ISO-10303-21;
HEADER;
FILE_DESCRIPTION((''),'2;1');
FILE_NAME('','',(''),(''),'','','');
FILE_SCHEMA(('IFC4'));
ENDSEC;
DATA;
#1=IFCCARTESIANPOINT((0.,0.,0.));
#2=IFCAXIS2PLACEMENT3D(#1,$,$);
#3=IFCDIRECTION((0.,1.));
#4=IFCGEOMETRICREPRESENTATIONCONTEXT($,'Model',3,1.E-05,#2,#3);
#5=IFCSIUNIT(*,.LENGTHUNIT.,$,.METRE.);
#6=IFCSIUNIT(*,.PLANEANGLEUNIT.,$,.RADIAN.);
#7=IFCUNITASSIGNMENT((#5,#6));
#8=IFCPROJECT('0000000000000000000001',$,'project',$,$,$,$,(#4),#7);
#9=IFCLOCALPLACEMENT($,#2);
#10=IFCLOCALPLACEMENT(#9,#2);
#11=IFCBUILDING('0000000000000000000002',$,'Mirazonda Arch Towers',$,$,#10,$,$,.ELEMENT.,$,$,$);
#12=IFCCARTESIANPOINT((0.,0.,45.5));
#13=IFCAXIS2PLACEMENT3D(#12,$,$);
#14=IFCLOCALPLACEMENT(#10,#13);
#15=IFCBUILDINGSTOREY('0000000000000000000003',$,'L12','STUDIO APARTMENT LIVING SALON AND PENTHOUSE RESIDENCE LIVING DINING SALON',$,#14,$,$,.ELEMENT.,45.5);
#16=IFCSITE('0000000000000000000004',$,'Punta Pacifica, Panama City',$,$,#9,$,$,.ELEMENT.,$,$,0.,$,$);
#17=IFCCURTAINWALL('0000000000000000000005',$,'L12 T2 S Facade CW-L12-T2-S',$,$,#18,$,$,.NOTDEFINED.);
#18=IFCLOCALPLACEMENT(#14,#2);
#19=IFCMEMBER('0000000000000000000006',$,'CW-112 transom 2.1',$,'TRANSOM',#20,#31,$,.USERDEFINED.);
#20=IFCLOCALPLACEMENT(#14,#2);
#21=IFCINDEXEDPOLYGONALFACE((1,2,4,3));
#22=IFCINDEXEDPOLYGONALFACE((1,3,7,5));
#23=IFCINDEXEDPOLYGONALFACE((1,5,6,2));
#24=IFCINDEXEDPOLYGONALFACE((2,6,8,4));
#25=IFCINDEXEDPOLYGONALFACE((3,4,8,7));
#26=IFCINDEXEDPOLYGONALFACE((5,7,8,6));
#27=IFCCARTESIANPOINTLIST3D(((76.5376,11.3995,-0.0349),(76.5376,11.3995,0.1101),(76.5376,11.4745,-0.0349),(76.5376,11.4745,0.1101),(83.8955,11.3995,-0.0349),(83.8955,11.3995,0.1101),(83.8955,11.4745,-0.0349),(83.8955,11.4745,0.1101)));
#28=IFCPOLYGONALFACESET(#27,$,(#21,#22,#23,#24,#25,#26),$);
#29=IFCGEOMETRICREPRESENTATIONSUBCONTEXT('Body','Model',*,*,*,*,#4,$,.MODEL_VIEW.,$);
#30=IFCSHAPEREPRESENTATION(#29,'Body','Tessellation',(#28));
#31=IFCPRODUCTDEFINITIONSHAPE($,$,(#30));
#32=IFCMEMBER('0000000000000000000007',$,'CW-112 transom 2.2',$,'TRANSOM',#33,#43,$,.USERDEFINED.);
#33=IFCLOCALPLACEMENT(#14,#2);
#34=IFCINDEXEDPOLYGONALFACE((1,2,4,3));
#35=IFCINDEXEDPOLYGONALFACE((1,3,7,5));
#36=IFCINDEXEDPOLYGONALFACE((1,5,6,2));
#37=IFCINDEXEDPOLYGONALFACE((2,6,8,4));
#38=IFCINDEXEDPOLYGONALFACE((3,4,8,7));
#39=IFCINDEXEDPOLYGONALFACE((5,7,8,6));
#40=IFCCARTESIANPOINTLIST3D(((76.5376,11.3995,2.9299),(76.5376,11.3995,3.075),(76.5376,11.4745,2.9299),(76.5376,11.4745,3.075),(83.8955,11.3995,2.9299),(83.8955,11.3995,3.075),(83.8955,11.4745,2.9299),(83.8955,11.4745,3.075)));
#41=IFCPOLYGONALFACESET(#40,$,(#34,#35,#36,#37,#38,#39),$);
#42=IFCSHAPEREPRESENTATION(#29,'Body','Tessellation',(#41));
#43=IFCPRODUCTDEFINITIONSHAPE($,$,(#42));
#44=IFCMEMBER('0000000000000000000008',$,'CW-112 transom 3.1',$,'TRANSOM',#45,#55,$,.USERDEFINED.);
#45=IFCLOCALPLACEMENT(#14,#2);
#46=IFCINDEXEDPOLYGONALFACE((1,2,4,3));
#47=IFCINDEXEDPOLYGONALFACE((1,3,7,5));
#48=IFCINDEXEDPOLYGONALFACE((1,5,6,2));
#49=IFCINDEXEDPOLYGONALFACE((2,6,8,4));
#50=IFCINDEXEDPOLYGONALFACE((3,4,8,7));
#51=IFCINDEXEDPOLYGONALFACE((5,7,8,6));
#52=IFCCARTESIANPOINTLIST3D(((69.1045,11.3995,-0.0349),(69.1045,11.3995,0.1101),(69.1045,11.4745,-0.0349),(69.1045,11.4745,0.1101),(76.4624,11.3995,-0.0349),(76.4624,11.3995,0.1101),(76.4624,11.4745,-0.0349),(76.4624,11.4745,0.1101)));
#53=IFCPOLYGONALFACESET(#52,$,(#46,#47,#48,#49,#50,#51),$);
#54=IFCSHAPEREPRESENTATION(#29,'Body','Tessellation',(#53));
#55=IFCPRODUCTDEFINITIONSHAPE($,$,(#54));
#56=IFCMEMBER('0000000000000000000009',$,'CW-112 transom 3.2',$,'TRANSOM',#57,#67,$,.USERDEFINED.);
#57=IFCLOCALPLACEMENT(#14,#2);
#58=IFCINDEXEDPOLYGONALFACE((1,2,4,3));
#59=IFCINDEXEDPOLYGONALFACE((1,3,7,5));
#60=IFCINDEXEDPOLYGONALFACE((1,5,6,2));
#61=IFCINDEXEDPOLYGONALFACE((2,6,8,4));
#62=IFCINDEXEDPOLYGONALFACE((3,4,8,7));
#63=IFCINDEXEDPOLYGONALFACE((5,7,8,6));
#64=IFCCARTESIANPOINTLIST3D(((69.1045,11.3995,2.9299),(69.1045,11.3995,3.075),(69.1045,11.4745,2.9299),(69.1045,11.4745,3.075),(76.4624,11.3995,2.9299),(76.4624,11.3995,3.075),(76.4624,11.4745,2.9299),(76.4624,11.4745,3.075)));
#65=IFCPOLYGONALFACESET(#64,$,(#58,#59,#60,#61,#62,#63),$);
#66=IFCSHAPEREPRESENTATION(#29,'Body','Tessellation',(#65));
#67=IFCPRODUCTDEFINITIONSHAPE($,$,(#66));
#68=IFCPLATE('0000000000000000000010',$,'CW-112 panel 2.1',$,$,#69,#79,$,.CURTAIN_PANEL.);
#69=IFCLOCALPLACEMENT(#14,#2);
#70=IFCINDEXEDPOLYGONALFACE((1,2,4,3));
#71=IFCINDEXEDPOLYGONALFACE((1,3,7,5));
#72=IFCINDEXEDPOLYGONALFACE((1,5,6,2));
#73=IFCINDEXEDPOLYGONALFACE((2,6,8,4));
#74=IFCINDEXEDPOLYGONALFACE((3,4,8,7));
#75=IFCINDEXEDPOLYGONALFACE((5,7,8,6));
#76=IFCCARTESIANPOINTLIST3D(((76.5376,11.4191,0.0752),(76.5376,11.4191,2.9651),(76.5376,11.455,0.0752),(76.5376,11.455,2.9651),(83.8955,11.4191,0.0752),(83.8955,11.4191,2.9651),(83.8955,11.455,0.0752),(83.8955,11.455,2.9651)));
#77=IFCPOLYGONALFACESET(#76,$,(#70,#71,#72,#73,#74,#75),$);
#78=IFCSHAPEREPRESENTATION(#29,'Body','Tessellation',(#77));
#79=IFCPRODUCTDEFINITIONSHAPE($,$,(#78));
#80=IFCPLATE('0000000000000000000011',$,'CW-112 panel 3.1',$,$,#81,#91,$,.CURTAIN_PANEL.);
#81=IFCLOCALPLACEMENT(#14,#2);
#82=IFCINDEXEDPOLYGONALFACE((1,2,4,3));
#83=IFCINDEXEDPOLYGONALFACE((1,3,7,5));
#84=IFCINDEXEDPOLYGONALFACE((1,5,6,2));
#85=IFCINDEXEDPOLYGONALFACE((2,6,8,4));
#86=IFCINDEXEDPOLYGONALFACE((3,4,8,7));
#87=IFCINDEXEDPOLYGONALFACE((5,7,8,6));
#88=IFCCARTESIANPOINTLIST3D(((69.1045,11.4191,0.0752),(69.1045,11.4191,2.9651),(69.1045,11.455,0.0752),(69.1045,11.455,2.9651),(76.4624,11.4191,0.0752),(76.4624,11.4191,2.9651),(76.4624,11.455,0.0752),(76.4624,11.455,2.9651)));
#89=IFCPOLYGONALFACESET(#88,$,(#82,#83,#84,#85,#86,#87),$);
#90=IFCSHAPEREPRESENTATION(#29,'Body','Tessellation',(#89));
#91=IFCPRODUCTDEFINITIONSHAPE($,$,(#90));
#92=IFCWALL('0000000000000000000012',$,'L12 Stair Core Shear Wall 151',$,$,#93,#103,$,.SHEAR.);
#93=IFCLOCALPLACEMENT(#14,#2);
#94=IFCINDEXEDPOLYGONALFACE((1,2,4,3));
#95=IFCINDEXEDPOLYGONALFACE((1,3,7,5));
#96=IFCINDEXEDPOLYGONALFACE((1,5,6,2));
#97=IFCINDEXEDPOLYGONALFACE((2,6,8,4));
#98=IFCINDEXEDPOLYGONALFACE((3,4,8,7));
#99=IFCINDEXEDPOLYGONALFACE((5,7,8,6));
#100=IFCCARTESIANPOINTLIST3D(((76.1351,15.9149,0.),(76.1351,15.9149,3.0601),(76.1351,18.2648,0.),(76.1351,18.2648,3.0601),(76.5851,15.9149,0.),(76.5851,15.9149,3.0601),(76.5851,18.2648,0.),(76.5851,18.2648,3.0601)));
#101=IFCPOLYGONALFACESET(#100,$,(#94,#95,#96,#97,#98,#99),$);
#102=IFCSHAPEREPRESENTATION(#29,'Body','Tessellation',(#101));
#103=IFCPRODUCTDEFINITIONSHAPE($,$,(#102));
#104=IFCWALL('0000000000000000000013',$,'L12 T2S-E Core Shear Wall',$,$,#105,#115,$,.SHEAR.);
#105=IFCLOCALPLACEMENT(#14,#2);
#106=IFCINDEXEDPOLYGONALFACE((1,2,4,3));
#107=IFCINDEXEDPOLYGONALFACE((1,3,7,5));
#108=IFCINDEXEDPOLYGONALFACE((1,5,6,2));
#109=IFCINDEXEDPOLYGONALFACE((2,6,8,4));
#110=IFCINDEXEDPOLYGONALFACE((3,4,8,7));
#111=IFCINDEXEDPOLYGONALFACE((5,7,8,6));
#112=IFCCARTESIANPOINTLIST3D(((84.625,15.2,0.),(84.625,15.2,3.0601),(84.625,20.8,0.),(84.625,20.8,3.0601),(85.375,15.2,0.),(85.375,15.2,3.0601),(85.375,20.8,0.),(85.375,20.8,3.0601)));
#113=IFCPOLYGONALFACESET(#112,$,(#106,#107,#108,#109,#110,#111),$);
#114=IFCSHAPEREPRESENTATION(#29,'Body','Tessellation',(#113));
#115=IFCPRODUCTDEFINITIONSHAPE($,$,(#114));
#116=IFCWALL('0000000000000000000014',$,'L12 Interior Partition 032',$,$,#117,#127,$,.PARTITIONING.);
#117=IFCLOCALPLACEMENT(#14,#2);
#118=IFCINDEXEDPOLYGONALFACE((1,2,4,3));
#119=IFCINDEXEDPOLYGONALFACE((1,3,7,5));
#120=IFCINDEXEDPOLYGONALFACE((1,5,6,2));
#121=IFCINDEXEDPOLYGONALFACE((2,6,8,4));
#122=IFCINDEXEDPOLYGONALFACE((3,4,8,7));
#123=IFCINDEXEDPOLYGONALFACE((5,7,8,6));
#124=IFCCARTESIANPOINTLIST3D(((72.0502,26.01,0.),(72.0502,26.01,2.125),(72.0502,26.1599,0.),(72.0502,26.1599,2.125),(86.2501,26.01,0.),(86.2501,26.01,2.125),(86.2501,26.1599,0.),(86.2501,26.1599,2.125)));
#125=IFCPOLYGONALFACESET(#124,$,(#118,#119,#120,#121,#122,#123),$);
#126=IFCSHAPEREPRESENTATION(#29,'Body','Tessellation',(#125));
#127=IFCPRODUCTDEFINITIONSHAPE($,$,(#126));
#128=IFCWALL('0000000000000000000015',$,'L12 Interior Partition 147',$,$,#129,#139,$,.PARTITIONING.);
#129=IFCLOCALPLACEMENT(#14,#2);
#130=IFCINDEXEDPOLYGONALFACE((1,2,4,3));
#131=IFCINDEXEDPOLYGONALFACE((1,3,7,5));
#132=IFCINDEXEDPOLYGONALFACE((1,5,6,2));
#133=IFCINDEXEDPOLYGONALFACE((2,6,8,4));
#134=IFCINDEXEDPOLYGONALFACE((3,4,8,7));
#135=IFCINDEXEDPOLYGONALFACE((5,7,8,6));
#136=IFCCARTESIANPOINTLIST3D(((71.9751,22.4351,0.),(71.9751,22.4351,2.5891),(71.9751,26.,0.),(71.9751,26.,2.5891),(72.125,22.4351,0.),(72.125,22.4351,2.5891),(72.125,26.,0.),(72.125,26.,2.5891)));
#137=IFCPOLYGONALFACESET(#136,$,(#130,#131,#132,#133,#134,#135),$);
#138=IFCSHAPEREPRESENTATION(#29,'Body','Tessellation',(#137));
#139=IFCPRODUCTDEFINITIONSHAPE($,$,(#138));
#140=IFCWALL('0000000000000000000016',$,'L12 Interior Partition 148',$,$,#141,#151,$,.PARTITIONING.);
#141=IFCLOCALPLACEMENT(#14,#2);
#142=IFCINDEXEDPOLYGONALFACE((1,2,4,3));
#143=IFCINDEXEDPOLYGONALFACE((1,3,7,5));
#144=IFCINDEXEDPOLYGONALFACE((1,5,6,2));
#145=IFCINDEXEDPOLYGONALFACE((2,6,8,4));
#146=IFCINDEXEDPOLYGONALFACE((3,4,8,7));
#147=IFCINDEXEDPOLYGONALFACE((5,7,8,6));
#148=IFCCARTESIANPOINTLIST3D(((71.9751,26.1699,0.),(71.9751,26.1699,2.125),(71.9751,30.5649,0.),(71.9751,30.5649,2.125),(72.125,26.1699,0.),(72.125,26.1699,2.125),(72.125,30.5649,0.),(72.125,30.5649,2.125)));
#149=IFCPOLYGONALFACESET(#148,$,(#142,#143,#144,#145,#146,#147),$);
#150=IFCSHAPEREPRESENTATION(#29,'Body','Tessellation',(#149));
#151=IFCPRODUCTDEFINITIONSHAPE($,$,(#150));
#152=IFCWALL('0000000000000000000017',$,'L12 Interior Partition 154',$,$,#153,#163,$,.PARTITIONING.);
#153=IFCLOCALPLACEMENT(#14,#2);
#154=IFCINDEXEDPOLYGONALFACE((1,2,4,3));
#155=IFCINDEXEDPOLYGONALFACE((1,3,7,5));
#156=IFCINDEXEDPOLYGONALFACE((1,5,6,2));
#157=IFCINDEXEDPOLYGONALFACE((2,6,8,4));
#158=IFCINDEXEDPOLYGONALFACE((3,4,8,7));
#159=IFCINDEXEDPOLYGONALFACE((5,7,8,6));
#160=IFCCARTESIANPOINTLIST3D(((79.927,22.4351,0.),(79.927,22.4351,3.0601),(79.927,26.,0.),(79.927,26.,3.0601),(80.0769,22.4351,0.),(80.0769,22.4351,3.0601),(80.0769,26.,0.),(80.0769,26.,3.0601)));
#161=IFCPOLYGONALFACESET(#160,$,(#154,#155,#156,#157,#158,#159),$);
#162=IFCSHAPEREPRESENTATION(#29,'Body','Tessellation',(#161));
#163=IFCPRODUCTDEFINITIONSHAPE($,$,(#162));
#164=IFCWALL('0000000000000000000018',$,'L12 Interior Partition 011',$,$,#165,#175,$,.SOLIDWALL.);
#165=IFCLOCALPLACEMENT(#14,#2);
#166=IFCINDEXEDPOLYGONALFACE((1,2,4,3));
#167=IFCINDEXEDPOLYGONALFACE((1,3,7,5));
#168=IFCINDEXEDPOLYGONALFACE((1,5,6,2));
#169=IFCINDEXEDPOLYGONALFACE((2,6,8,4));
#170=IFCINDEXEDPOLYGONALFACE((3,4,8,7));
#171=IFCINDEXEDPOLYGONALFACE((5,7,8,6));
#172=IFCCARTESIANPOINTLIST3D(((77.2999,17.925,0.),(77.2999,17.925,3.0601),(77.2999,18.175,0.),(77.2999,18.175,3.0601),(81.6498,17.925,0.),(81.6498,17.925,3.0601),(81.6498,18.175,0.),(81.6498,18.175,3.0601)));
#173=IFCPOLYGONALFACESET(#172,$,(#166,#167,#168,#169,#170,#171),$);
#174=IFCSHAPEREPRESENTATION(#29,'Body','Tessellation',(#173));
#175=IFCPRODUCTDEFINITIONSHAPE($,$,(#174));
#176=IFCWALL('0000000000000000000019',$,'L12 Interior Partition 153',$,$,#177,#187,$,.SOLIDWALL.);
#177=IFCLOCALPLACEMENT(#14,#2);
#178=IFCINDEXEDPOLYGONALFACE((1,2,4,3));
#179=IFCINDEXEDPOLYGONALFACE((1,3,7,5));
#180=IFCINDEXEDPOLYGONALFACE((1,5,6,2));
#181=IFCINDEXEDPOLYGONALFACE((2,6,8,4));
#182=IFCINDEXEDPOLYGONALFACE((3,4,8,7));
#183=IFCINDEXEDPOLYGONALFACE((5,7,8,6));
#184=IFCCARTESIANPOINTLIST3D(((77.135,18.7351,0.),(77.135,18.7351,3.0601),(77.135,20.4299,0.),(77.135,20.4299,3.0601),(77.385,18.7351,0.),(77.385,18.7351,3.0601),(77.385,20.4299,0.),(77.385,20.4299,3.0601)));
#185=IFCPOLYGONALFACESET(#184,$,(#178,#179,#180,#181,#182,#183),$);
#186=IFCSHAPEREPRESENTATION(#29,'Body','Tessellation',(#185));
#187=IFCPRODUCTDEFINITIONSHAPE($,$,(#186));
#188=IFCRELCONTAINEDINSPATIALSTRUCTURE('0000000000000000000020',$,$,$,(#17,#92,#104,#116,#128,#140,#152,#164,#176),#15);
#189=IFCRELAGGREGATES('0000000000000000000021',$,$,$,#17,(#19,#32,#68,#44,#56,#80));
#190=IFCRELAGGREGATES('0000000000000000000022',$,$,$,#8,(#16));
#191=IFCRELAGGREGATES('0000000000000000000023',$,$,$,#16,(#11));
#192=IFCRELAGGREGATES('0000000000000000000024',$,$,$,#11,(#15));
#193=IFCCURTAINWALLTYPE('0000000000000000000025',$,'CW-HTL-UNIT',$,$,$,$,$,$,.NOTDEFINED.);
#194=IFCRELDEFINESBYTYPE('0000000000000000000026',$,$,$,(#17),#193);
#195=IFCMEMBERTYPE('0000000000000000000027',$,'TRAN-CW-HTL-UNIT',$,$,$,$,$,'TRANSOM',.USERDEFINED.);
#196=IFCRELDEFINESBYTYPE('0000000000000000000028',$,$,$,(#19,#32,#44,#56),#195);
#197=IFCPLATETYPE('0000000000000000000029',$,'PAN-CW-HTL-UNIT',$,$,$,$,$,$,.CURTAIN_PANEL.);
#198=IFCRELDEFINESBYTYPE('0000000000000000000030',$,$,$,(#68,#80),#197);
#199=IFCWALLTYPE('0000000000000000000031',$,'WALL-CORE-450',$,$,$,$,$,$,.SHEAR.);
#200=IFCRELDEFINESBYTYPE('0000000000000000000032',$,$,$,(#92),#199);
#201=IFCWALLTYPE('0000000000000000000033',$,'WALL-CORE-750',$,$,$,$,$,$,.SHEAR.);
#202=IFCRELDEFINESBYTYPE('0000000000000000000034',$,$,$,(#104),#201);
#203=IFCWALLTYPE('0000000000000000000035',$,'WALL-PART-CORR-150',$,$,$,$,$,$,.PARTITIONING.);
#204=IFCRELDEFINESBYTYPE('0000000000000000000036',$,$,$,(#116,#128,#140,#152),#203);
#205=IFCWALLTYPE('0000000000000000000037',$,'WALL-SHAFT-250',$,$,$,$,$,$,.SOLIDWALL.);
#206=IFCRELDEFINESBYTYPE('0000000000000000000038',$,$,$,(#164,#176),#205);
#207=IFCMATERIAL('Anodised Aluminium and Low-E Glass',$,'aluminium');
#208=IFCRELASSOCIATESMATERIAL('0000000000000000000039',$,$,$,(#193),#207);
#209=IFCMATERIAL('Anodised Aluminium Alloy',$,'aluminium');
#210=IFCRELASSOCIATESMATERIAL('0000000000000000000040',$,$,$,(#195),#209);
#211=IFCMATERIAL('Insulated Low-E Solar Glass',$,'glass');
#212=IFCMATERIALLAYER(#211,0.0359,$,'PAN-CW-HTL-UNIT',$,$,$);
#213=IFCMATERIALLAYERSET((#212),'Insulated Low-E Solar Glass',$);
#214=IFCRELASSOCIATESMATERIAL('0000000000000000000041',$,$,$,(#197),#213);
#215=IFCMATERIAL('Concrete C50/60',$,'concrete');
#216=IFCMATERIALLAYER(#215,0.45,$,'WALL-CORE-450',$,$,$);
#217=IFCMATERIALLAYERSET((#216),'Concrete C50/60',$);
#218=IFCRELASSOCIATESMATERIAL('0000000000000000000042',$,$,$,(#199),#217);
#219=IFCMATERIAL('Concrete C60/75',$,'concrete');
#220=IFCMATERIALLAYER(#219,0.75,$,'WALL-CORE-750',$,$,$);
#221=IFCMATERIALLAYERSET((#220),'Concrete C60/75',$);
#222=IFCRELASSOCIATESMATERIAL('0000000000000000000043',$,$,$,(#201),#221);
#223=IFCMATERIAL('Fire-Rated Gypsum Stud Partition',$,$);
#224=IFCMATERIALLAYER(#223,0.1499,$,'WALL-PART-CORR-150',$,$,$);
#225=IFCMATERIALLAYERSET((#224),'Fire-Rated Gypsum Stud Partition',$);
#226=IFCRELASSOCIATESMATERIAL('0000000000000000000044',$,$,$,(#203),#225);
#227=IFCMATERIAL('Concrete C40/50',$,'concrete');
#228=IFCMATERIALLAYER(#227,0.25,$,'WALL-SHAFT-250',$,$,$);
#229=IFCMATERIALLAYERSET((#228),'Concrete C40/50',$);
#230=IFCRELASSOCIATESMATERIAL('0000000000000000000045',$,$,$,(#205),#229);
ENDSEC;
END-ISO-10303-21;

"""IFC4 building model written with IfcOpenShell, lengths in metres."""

from ifc_helpers import new_model, si_unit, direction, frame, frame_2d, origin, origin_2d, place, context, subcontext, project, spatial, rectangle, extrude, material, layer, layer_set, material_profile, profile_set, type_object, element, aggregate, save


model = new_model("IFC4")

# Units and contexts
model_context = context("Model", 3, precision=1e-05, world=origin(), true_north=direction((0.0, 1.0)))
body_context = subcontext(model_context, "Body", "Model", "MODEL_VIEW")
ifc_project = project(units=[si_unit("LENGTHUNIT", "METRE"), si_unit("PLANEANGLEUNIT", "RADIAN")], contexts=[model_context])

# Site, building, storey
site_placement = place(None, origin())
site = spatial("IfcSite", under=ifc_project, at=site_placement, Name="Punta Pacifica, Panama City", CompositionType="ELEMENT", RefElevation=0.0)
building_placement = place(site_placement, origin())
building = spatial("IfcBuilding", under=site, at=building_placement, Name="Mirazonda Arch Towers", CompositionType="ELEMENT")
storey_placement = place(building_placement, frame((0.0, 0.0, 45.5)))
storey = spatial("IfcBuildingStorey", under=building, at=storey_placement, Name="L12", Description="STUDIO APARTMENT LIVING SALON AND PENTHOUSE RESIDENCE LIVING DINING SALON", CompositionType="ELEMENT", Elevation=45.5)

# Shared definitions
ifc_material_1 = material(Name="Concrete C60/75", Category="concrete")

# Curtain wall, members, plates
ifc_material_2 = material(Name="Anodised Aluminium and Low-E Glass", Category="aluminium")
curtain_wall_type = type_object("IfcCurtainWallType", Name="CW-HTL-UNIT", PredefinedType="NOTDEFINED", material=ifc_material_2)
curtain_wall_placement = place(storey_placement, origin())
curtain_wall = element("IfcCurtainWall", 1, at=curtain_wall_placement, inside=storey, type_object=curtain_wall_type, Name="L12 T2 S Facade CW-L12-T2-S", PredefinedType="NOTDEFINED")
ifc_material_3 = material(Name="Anodised Aluminium Alloy", Category="aluminium")
ifc_material_profile_1 = material_profile(ifc_material_3, rectangle(XDim=0.075, YDim=0.145, at=origin_2d()), Name="ALU-TRAN-75x145")
ifc_profile_set_1 = profile_set([ifc_material_profile_1], Name="Anodised Aluminium Alloy")
member_type_1 = type_object("IfcMemberType", Name="TRAN-CW-HTL-UNIT", ElementType="TRANSOM", PredefinedType="USERDEFINED", material=ifc_profile_set_1)
member_1_placement = place(storey_placement, frame((83.8955, 11.437, 0.0376), z_axis=(-1.0, 0.0, 0.0), x_axis=(0.0, -1.0, 0.0)))
member_1 = element("IfcMember", 2, at=member_1_placement, type_object=member_type_1, Name="CW-112 transom 2.1", ObjectType="TRANSOM", PredefinedType="USERDEFINED", context=body_context, shape_type="SweptSolid", body=[
    extrude(rectangle(XDim=0.075, YDim=0.145, at=origin_2d()), origin(), (0.0, 0.0, 1.0), 7.3579),
])
member_2_placement = place(storey_placement, frame((83.8955, 11.437, 3.0024), z_axis=(-1.0, 0.0, 0.0), x_axis=(0.0, -1.0, 0.0)))
member_2 = element("IfcMember", 3, at=member_2_placement, type_object=member_type_1, Name="CW-112 transom 2.2", ObjectType="TRANSOM", PredefinedType="USERDEFINED", context=body_context, shape_type="SweptSolid", body=[
    extrude(rectangle(XDim=0.075, YDim=0.145, at=origin_2d()), origin(), (0.0, 0.0, 1.0), 7.3579),
])
member_3_placement = place(storey_placement, frame((76.4624, 11.437, 0.0376), z_axis=(-1.0, 0.0, 0.0), x_axis=(0.0, -1.0, 0.0)))
member_3 = element("IfcMember", 4, at=member_3_placement, type_object=member_type_1, Name="CW-112 transom 3.1", ObjectType="TRANSOM", PredefinedType="USERDEFINED", context=body_context, shape_type="SweptSolid", body=[
    extrude(rectangle(XDim=0.075, YDim=0.145, at=origin_2d()), origin(), (0.0, 0.0, 1.0), 7.3579),
])
member_4_placement = place(storey_placement, frame((76.4624, 11.437, 3.0024), z_axis=(-1.0, 0.0, 0.0), x_axis=(0.0, -1.0, 0.0)))
member_4 = element("IfcMember", 5, at=member_4_placement, type_object=member_type_1, Name="CW-112 transom 3.2", ObjectType="TRANSOM", PredefinedType="USERDEFINED", context=body_context, shape_type="SweptSolid", body=[
    extrude(rectangle(XDim=0.075, YDim=0.145, at=origin_2d()), origin(), (0.0, 0.0, 1.0), 7.3579),
])
ifc_material_4 = material(Name="Insulated Low-E Solar Glass", Category="glass")
ifc_layer_1 = layer(ifc_material_4, 0.0359, Name="PAN-CW-HTL-UNIT")
ifc_layer_set_1 = layer_set([ifc_layer_1], Name="Insulated Low-E Solar Glass")
plate_type = type_object("IfcPlateType", Name="PAN-CW-HTL-UNIT", PredefinedType="CURTAIN_PANEL", material=ifc_layer_set_1)
plate_1_placement = place(storey_placement, frame((80.2166, 11.437, 0.0752), z_axis=(0.0, 0.0, 1.0), x_axis=(-1.0, 0.0, 0.0)))
plate_1 = element("IfcPlate", 6, at=plate_1_placement, type_object=plate_type, Name="CW-112 panel 2.1", PredefinedType="CURTAIN_PANEL", context=body_context, shape_type="SweptSolid", body=[
    extrude(rectangle(XDim=7.3579, YDim=0.0359, at=origin_2d()), origin(), (0.0, 0.0, 1.0), 2.8899),
])
plate_2_placement = place(storey_placement, frame((72.7834, 11.437, 0.0752), z_axis=(0.0, 0.0, 1.0), x_axis=(-1.0, 0.0, 0.0)))
plate_2 = element("IfcPlate", 7, at=plate_2_placement, type_object=plate_type, Name="CW-112 panel 3.1", PredefinedType="CURTAIN_PANEL", context=body_context, shape_type="SweptSolid", body=[
    extrude(rectangle(XDim=7.3579, YDim=0.0359, at=origin_2d()), origin(), (0.0, 0.0, 1.0), 2.8899),
])
aggregate(curtain_wall, [member_1, member_2, plate_1, member_3, member_4, plate_2])

# Walls
ifc_material_5 = material(Name="Concrete C50/60", Category="concrete")
ifc_layer_2 = layer(ifc_material_5, 0.45, Name="WALL-CORE-450")
ifc_layer_set_2 = layer_set([ifc_layer_2], Name="Concrete C50/60")
wall_type_1 = type_object("IfcWallType", Name="WALL-CORE-450", PredefinedType="SHEAR", material=ifc_layer_set_2)
wall_1_placement = place(storey_placement, frame((76.3601, 15.915, 0.0), z_axis=(0.0, 0.0, 1.0), x_axis=(0.0, 1.0, 0.0)))
element("IfcWall", 8, at=wall_1_placement, inside=storey, type_object=wall_type_1, Name="L12 Stair Core Shear Wall 151", PredefinedType="SHEAR", context=body_context, shape_type="SweptSolid", body=[
    extrude(rectangle(XDim=2.3499, YDim=0.45, at=frame_2d((1.1748, 0.0))), origin(), (0.0, 0.0, 1.0), 3.0601),
])
ifc_layer_3 = layer(ifc_material_1, 0.75, Name="WALL-CORE-750")
ifc_layer_set_3 = layer_set([ifc_layer_3], Name="Concrete C60/75")
wall_type_2 = type_object("IfcWallType", Name="WALL-CORE-750", PredefinedType="SHEAR", material=ifc_layer_set_3)
wall_2_placement = place(storey_placement, frame((85.0, 15.2, 0.0), z_axis=(0.0, 0.0, 1.0), x_axis=(0.0, 1.0, 0.0)))
element("IfcWall", 9, at=wall_2_placement, inside=storey, type_object=wall_type_2, Name="L12 T2S-E Core Shear Wall", PredefinedType="SHEAR", context=body_context, shape_type="SweptSolid", body=[
    extrude(rectangle(XDim=5.6001, YDim=0.75, at=frame_2d((2.8, 0.0))), origin(), (0.0, 0.0, 1.0), 3.0601),
])
ifc_material_6 = material(Name="Fire-Rated Gypsum Stud Partition")
ifc_layer_4 = layer(ifc_material_6, 0.1499, Name="WALL-PART-CORR-150")
ifc_layer_set_4 = layer_set([ifc_layer_4], Name="Fire-Rated Gypsum Stud Partition")
wall_type_3 = type_object("IfcWallType", Name="WALL-PART-CORR-150", PredefinedType="PARTITIONING", material=ifc_layer_set_4)
wall_3_placement = place(storey_placement, frame((72.05, 26.085, 0.0), z_axis=(0.0, 0.0, 1.0), x_axis=(1.0, 0.0, 0.0)))
element("IfcWall", 10, at=wall_3_placement, inside=storey, type_object=wall_type_3, Name="L12 Interior Partition 032", PredefinedType="PARTITIONING", context=body_context, shape_type="SweptSolid", body=[
    extrude(rectangle(XDim=14.2, YDim=0.1499, at=frame_2d((7.1001, 0.0))), origin(), (0.0, 0.0, 1.0), 2.125),
])
wall_4_placement = place(storey_placement, frame((72.05, 22.4351, 0.0), z_axis=(0.0, 0.0, 1.0), x_axis=(0.0, 1.0, 0.0)))
element("IfcWall", 11, at=wall_4_placement, inside=storey, type_object=wall_type_3, Name="L12 Interior Partition 147", PredefinedType="PARTITIONING", context=body_context, shape_type="SweptSolid", body=[
    extrude(rectangle(XDim=3.5649, YDim=0.1499, at=frame_2d((1.7825, 0.0))), origin(), (0.0, 0.0, 1.0), 2.5891),
])
wall_5_placement = place(storey_placement, frame((72.05, 26.1699, 0.0), z_axis=(0.0, 0.0, 1.0), x_axis=(0.0, 1.0, 0.0)))
element("IfcWall", 12, at=wall_5_placement, inside=storey, type_object=wall_type_3, Name="L12 Interior Partition 148", PredefinedType="PARTITIONING", context=body_context, shape_type="SweptSolid", body=[
    extrude(rectangle(XDim=4.395, YDim=0.1499, at=frame_2d((2.1975, 0.0))), origin(), (0.0, 0.0, 1.0), 2.125),
])
wall_6_placement = place(storey_placement, frame((80.002, 22.4351, 0.0), z_axis=(0.0, 0.0, 1.0), x_axis=(0.0, 1.0, 0.0)))
element("IfcWall", 13, at=wall_6_placement, inside=storey, type_object=wall_type_3, Name="L12 Interior Partition 154", PredefinedType="PARTITIONING", context=body_context, shape_type="SweptSolid", body=[
    extrude(rectangle(XDim=3.5649, YDim=0.1499, at=frame_2d((1.7825, 0.0))), origin(), (0.0, 0.0, 1.0), 3.0601),
])
ifc_material_7 = material(Name="Concrete C40/50", Category="concrete")
ifc_layer_5 = layer(ifc_material_7, 0.25, Name="WALL-SHAFT-250")
ifc_layer_set_5 = layer_set([ifc_layer_5], Name="Concrete C40/50")
wall_type_4 = type_object("IfcWallType", Name="WALL-SHAFT-250", PredefinedType="SOLIDWALL", material=ifc_layer_set_5)
wall_7_placement = place(storey_placement, frame((77.3, 18.05, 0.0), z_axis=(0.0, 0.0, 1.0), x_axis=(1.0, 0.0, 0.0)))
element("IfcWall", 14, at=wall_7_placement, inside=storey, type_object=wall_type_4, Name="L12 Interior Partition 011", PredefinedType="SOLIDWALL", context=body_context, shape_type="SweptSolid", body=[
    extrude(rectangle(XDim=4.3499, YDim=0.25, at=frame_2d((2.1748, 0.0))), origin(), (0.0, 0.0, 1.0), 3.0601),
])
wall_8_placement = place(storey_placement, frame((77.26, 18.7351, 0.0), z_axis=(0.0, 0.0, 1.0), x_axis=(0.0, 1.0, 0.0)))
element("IfcWall", 15, at=wall_8_placement, inside=storey, type_object=wall_type_4, Name="L12 Interior Partition 153", PredefinedType="SOLIDWALL", context=body_context, shape_type="SweptSolid", body=[
    extrude(rectangle(XDim=1.6948, YDim=0.25, at=frame_2d((0.8474, 0.0))), origin(), (0.0, 0.0, 1.0), 3.0601),
])

save(model, "model.ifc")
